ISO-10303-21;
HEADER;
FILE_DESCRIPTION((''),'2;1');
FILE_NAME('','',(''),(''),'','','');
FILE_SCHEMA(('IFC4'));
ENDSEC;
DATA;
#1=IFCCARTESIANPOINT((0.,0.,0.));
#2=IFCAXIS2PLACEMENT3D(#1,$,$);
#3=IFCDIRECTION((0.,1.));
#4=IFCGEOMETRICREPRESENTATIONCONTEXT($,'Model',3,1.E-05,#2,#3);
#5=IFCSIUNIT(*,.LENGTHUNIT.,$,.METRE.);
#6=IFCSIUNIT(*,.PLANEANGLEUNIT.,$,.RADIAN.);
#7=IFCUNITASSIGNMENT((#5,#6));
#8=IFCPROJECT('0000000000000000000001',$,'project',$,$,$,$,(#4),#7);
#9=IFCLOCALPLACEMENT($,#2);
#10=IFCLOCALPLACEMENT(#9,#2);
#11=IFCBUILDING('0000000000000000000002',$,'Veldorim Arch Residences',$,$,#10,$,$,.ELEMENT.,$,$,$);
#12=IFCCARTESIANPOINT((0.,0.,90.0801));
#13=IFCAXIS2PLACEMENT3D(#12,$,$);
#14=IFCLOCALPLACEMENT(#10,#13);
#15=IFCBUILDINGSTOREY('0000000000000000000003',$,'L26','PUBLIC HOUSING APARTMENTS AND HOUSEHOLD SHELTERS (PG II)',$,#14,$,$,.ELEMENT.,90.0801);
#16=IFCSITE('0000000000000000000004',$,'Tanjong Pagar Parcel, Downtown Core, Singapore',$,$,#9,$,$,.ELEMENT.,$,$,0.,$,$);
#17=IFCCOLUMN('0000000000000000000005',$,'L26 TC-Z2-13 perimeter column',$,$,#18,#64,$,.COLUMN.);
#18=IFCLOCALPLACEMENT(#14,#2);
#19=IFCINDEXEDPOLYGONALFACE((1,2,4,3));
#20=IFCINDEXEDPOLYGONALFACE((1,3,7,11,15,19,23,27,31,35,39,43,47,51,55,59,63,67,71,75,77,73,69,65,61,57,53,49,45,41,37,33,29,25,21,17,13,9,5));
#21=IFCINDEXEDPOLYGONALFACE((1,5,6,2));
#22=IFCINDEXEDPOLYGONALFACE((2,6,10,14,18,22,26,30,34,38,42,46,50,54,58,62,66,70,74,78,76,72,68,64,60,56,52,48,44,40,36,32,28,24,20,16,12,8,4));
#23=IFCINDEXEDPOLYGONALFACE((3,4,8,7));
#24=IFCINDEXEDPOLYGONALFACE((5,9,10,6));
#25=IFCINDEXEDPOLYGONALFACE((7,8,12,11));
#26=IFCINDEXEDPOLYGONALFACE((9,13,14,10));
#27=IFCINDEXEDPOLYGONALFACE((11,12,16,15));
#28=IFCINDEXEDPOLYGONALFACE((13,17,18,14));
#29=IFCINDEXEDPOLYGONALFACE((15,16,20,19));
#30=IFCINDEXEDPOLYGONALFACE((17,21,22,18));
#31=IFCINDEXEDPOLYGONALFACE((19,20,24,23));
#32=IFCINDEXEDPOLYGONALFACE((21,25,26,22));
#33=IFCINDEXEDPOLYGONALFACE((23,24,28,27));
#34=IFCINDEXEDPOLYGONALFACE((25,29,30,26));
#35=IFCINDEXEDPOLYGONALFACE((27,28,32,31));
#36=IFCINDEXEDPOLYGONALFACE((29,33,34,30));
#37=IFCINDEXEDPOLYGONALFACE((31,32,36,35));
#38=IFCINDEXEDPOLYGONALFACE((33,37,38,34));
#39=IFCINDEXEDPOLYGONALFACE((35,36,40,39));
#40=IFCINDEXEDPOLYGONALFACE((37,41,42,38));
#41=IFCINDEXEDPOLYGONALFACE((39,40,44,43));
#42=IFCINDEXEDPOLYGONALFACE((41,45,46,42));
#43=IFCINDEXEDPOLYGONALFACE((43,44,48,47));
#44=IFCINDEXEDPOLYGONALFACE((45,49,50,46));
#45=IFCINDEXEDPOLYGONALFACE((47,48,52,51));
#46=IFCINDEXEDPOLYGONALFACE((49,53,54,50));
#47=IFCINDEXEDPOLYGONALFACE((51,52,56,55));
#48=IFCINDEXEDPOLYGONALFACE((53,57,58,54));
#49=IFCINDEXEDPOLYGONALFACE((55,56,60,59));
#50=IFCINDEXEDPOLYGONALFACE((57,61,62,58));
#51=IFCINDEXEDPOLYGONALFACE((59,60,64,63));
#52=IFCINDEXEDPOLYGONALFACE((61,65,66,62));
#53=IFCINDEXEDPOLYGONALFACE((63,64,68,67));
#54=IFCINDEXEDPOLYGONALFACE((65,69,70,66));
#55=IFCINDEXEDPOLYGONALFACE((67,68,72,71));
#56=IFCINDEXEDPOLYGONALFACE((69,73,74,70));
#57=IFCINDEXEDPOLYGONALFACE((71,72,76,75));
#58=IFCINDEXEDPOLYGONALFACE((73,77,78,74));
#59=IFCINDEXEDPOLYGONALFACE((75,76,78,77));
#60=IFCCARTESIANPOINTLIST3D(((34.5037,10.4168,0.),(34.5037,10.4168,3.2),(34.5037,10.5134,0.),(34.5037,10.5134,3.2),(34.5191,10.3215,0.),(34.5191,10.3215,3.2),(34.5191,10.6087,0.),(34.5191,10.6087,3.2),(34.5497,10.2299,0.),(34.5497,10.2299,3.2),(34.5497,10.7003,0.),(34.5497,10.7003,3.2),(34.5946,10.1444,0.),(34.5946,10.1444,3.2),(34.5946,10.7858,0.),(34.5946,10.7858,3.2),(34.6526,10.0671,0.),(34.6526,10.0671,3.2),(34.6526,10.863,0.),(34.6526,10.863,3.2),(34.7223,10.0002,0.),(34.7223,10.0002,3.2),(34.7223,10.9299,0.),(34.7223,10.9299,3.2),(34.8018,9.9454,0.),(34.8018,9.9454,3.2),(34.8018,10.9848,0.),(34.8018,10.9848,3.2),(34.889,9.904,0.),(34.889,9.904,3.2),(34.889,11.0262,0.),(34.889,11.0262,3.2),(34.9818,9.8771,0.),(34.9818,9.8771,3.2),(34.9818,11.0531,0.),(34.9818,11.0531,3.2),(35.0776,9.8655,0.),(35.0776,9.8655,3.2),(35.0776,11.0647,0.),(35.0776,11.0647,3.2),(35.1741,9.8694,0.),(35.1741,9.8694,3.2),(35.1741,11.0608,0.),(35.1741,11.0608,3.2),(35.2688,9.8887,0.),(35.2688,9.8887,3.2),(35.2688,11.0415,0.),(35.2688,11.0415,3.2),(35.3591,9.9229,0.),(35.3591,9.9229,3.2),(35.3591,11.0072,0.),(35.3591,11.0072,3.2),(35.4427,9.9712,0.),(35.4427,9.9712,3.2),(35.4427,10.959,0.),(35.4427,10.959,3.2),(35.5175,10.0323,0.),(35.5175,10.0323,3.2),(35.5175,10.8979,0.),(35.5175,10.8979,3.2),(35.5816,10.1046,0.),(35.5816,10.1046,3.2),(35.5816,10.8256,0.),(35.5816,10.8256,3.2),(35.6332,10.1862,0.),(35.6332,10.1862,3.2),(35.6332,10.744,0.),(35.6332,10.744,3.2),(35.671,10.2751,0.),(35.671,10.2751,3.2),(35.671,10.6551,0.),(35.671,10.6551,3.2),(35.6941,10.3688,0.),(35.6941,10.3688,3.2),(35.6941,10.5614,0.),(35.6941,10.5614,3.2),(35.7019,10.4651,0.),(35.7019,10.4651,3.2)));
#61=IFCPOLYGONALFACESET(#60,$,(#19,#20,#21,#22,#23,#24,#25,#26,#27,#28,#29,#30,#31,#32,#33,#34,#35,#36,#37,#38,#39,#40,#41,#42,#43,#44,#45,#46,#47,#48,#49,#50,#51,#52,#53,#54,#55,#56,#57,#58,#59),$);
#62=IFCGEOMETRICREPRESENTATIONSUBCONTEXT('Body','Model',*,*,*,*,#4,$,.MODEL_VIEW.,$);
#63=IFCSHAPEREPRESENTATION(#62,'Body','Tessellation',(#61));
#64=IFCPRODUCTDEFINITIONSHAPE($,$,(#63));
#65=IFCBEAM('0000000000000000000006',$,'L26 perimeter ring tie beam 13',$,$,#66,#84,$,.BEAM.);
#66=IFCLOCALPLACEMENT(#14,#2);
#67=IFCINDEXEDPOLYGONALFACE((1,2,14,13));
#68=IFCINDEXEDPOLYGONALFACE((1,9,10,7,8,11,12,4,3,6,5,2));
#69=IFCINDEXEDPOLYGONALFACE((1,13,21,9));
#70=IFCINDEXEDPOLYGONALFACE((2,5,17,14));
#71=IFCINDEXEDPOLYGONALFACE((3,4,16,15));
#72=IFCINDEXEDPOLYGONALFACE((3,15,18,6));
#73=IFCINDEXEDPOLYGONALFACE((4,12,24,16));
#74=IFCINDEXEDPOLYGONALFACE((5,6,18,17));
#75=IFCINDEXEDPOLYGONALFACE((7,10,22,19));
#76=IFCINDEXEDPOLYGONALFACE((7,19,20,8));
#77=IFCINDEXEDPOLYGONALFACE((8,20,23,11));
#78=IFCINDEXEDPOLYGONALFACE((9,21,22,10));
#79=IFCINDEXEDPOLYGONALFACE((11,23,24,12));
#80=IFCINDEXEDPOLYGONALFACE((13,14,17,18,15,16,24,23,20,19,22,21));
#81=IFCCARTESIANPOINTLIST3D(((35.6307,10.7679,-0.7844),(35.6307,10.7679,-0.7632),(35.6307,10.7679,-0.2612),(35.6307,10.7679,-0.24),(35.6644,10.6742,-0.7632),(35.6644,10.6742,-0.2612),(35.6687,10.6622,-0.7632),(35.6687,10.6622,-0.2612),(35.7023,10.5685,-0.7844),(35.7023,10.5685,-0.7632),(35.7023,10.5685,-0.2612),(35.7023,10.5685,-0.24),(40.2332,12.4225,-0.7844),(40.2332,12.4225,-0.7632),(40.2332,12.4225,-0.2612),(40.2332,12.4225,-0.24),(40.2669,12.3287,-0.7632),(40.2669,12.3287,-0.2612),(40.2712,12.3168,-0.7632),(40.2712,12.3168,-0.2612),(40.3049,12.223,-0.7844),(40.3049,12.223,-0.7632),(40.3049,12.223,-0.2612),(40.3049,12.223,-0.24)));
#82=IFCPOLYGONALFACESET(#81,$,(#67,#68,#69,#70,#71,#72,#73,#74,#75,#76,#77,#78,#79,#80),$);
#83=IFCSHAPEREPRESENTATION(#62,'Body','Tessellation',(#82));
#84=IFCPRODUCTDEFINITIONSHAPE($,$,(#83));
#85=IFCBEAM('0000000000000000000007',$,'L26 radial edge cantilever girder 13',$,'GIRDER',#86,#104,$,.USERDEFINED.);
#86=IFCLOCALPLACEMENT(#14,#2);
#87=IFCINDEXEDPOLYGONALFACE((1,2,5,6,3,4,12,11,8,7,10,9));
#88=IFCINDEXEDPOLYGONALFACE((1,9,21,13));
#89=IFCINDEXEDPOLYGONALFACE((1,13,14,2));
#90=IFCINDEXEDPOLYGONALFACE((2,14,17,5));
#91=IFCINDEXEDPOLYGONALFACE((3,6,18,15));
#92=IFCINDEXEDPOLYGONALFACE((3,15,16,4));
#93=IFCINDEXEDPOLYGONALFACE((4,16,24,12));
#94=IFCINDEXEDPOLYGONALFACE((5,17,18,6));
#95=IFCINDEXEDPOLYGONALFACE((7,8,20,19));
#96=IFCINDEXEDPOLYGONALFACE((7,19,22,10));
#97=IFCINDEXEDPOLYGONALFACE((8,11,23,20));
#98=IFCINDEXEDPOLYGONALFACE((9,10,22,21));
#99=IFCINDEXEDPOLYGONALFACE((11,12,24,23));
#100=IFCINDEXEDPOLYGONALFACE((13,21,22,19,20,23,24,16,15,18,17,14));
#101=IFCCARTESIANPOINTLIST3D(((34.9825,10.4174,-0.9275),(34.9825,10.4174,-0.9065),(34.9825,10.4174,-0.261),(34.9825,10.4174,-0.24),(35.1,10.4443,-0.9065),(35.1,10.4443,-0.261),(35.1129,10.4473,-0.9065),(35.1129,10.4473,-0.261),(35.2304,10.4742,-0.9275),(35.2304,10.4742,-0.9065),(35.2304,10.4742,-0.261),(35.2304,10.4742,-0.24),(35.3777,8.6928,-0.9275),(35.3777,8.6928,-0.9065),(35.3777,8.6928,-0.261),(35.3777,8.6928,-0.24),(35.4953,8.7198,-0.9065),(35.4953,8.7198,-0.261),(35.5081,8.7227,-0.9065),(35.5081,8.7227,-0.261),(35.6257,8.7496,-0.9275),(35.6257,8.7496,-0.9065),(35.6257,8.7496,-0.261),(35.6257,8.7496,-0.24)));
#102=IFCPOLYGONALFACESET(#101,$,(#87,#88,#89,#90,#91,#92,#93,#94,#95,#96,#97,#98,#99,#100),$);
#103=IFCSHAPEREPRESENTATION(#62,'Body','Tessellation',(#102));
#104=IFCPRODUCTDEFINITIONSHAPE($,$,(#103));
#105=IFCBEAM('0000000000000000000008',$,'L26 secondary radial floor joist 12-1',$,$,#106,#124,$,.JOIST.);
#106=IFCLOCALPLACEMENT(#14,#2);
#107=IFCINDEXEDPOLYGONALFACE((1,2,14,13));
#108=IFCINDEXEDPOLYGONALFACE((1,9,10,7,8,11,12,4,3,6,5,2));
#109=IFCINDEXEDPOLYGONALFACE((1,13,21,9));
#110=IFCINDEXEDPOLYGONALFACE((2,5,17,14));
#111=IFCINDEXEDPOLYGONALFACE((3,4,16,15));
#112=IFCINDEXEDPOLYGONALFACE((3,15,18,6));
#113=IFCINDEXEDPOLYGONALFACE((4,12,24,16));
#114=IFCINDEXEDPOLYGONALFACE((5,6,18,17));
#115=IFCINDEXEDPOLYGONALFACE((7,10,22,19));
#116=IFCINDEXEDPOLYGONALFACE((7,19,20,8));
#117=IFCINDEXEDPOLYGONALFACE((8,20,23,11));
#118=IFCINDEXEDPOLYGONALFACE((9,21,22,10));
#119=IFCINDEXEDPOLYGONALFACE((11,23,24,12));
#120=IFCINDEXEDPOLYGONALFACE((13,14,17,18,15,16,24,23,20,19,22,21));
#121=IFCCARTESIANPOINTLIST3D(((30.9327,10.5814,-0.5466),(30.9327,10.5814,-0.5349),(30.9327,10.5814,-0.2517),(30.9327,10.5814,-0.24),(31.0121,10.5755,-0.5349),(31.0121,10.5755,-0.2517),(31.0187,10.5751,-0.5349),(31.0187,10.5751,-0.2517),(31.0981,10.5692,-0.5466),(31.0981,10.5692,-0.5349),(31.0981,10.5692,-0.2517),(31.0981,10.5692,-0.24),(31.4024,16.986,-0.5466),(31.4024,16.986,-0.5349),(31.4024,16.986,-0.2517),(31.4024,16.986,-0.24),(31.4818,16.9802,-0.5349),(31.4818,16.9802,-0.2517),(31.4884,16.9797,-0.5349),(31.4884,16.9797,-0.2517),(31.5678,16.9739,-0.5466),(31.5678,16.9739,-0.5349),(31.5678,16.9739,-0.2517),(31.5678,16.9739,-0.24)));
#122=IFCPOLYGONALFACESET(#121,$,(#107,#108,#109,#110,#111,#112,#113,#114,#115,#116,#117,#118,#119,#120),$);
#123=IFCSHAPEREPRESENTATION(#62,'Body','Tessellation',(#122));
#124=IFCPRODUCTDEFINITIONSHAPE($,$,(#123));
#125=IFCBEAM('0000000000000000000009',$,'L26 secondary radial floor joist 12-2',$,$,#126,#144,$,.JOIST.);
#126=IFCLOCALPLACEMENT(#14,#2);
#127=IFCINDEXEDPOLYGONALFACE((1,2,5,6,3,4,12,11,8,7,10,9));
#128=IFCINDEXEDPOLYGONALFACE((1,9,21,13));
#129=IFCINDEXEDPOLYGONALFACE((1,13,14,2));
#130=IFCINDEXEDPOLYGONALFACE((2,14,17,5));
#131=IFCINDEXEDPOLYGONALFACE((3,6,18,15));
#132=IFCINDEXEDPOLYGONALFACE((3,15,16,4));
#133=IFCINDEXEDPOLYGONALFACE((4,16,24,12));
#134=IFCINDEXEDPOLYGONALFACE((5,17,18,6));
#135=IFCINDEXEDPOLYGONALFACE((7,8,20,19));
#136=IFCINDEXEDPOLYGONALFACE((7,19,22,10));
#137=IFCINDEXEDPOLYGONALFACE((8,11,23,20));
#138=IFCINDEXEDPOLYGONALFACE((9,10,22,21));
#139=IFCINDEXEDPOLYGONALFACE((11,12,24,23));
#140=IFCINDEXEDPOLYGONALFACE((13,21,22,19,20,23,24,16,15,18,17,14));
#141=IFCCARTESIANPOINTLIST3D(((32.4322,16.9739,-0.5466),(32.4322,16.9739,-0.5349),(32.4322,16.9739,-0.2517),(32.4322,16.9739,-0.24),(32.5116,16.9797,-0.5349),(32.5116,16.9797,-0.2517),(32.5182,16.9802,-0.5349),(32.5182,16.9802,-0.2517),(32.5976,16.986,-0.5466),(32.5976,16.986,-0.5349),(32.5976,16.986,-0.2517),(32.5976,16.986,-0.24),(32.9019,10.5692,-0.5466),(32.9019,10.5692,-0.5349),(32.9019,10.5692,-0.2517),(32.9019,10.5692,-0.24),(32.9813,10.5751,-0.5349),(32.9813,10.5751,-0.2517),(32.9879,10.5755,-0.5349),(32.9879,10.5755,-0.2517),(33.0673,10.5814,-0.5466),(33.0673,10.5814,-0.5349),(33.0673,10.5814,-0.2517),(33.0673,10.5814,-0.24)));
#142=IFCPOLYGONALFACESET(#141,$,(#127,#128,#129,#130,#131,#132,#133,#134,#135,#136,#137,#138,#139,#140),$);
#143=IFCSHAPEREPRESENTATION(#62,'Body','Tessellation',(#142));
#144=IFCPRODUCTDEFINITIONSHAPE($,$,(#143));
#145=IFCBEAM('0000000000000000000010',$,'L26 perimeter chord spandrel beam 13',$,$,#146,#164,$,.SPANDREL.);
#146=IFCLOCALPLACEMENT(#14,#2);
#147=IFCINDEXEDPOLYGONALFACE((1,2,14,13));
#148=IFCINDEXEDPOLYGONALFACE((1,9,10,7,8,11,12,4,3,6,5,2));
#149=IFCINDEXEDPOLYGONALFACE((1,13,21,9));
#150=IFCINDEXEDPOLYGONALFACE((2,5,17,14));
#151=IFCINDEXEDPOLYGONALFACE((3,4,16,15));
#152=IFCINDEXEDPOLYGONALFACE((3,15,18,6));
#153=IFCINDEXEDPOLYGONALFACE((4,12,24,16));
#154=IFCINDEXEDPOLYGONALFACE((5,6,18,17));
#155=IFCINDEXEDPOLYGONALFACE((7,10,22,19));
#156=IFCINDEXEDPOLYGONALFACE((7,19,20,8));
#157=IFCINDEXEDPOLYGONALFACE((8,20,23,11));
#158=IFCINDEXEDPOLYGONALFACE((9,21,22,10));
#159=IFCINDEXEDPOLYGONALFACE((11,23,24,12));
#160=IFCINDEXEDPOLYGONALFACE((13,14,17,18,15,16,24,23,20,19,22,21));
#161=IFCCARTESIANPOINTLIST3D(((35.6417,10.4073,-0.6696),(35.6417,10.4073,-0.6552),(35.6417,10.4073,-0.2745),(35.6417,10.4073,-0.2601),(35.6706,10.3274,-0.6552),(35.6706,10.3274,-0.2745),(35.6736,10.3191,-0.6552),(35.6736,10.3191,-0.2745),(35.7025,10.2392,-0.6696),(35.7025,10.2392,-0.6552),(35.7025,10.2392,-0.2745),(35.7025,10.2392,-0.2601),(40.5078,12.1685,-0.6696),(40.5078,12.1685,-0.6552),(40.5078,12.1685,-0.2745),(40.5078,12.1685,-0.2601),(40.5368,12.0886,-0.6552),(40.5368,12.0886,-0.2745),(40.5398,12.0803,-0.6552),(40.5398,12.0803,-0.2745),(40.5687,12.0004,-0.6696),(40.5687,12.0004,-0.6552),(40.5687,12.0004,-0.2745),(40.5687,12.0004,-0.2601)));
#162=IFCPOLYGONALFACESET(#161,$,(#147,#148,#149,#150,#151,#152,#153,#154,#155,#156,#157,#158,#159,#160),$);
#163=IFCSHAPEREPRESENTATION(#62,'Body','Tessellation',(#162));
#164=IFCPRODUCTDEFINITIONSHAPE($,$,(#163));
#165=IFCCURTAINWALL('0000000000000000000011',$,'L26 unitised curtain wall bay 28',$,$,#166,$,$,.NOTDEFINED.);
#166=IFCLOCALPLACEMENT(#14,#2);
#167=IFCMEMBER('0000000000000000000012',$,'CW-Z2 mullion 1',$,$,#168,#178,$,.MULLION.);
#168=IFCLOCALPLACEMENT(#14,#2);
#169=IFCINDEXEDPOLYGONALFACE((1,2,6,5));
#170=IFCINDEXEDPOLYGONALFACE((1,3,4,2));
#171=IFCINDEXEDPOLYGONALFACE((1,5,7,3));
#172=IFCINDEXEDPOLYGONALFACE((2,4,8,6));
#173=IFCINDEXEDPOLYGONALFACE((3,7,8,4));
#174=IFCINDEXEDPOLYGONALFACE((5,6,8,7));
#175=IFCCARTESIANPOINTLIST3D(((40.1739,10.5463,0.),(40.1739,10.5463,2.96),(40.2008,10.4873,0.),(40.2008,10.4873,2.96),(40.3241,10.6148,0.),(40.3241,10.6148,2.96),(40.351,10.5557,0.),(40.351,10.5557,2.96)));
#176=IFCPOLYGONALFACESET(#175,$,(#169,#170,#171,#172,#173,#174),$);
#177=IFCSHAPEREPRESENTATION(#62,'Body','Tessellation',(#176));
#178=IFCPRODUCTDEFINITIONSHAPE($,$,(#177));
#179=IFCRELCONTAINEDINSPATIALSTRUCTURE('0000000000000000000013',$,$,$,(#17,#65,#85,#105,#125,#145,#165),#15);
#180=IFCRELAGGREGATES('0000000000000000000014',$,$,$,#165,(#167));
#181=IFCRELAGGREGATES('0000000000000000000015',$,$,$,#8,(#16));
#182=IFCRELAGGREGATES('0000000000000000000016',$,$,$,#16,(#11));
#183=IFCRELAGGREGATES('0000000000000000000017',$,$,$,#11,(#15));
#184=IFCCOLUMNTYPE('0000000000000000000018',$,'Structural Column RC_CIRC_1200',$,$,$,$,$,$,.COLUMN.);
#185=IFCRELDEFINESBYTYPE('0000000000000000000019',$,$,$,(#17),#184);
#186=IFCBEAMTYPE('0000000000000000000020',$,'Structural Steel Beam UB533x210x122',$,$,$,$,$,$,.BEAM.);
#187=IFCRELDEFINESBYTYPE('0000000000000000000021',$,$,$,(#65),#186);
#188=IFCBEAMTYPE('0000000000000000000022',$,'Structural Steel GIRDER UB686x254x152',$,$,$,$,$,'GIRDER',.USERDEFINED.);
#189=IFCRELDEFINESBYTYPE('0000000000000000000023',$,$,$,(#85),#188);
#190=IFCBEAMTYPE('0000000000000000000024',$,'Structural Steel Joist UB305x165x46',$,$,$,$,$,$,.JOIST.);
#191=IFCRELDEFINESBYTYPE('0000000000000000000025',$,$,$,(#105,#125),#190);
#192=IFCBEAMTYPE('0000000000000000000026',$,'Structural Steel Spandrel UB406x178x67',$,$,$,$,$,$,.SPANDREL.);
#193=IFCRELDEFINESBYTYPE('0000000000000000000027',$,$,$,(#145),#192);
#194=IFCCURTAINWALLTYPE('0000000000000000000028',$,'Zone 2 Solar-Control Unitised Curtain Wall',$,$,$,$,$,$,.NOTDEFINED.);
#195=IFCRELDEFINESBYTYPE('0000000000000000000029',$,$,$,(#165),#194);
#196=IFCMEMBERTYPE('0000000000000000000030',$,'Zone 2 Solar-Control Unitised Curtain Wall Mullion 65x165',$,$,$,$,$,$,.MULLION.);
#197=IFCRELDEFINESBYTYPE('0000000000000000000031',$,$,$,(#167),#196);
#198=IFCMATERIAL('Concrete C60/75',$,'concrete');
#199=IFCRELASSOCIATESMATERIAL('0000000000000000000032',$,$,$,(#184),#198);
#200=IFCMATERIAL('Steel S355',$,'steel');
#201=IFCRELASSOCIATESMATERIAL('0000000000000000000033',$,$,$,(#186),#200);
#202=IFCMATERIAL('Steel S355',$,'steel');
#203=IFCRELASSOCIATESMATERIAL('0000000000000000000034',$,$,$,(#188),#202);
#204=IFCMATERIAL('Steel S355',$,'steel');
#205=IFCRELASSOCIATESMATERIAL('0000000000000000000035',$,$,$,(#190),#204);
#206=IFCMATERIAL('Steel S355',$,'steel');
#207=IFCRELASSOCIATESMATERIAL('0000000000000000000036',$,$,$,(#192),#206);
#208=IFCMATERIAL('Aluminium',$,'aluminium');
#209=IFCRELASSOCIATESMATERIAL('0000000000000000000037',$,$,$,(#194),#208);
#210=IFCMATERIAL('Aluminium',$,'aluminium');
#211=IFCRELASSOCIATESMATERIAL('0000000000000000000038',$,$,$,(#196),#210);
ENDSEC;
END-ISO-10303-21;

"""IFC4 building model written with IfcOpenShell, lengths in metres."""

from ifc_helpers import new_model, si_unit, direction, frame, origin, origin_2d, place, context, subcontext, project, spatial, rectangle, circle, i_section, extrude, material, material_profile, profile_set, type_object, element, aggregate, save


model = new_model("IFC4")

# Units and contexts
model_context = context("Model", 3, precision=1e-05, world=origin(), true_north=direction((0.0, 1.0)))
body_context = subcontext(model_context, "Body", "Model", "MODEL_VIEW")
ifc_project = project(units=[si_unit("LENGTHUNIT", "METRE"), si_unit("PLANEANGLEUNIT", "RADIAN")], contexts=[model_context])

# Site, building, storey
site_placement = place(None, origin())
site = spatial("IfcSite", under=ifc_project, at=site_placement, Name="Tanjong Pagar Parcel, Downtown Core, Singapore", CompositionType="ELEMENT", RefElevation=0.0)
building_placement = place(site_placement, origin())
building = spatial("IfcBuilding", under=site, at=building_placement, Name="Veldorim Arch Residences", CompositionType="ELEMENT")
storey_placement = place(building_placement, frame((0.0, 0.0, 90.0801)))
storey = spatial("IfcBuildingStorey", under=building, at=storey_placement, Name="L26", Description="PUBLIC HOUSING APARTMENTS AND HOUSEHOLD SHELTERS (PG II)", CompositionType="ELEMENT", Elevation=90.0801)

# Column
ifc_material_1 = material(Name="Concrete C60/75", Category="concrete")
ifc_material_profile_1 = material_profile(ifc_material_1, circle(Radius=0.6001, at=origin_2d()), Name="RC_CIRC_1200")
ifc_profile_set_1 = profile_set([ifc_material_profile_1], Name="Concrete C60/75")
column_type = type_object("IfcColumnType", Name="Structural Column RC_CIRC_1200", PredefinedType="COLUMN", material=ifc_profile_set_1)
column_placement = place(storey_placement, frame((35.1018, 10.4651, 0.0), z_axis=(0.0, 0.0, 1.0), x_axis=(1.0, 0.0, 0.0)))
element("IfcColumn", 1, at=column_placement, inside=storey, type_object=column_type, Name="L26 TC-Z2-13 perimeter column", PredefinedType="COLUMN", context=body_context, shape_type="SweptSolid", body=[
    extrude(circle(Radius=0.6001, at=origin_2d()), origin(), (0.0, 0.0, 1.0), 3.2),
])

# Beams
ifc_material_2 = material(Name="Steel S355", Category="steel")
ifc_material_profile_2 = material_profile(ifc_material_2, i_section(OverallWidth=0.2119, OverallDepth=0.5444, WebThickness=0.0127, FlangeThickness=0.0212, at=origin_2d()), Name="UB533x210x122")
ifc_profile_set_2 = profile_set([ifc_material_profile_2], Name="Steel S355")
beam_type_1 = type_object("IfcBeamType", Name="Structural Steel Beam UB533x210x122", PredefinedType="BEAM", material=ifc_profile_set_2)
beam_1_placement = place(storey_placement, frame((35.6665, 10.6682, -0.5122), z_axis=(0.941042, 0.33829, 0.0), x_axis=(-0.33829, 0.941042, 0.0)))
element("IfcBeam", 2, at=beam_1_placement, inside=storey, type_object=beam_type_1, Name="L26 perimeter ring tie beam 13", PredefinedType="BEAM", context=body_context, shape_type="SweptSolid", body=[
    extrude(i_section(OverallWidth=0.2119, OverallDepth=0.5444, WebThickness=0.0127, FlangeThickness=0.0212, at=origin_2d()), origin(), (0.0, 0.0, 1.0), 4.8909),
])
ifc_material_3 = material(Name="Steel S355", Category="steel")
ifc_material_profile_3 = material_profile(ifc_material_3, i_section(OverallWidth=0.2544, OverallDepth=0.6875, WebThickness=0.0132, FlangeThickness=0.021, at=origin_2d()), Name="UB686x254x152")
ifc_profile_set_3 = profile_set([ifc_material_profile_3], Name="Steel S355")
beam_type_2 = type_object("IfcBeamType", Name="Structural Steel GIRDER UB686x254x152", ElementType="GIRDER", PredefinedType="USERDEFINED", material=ifc_profile_set_3)
beam_2_placement = place(storey_placement, frame((35.1064, 10.4458, -0.5837), z_axis=(0.223398, -0.974727, 0.0), x_axis=(0.974727, 0.223398, 0.0)))
element("IfcBeam", 3, at=beam_2_placement, inside=storey, type_object=beam_type_2, Name="L26 radial edge cantilever girder 13", ObjectType="GIRDER", PredefinedType="USERDEFINED", context=body_context, shape_type="SweptSolid", body=[
    extrude(i_section(OverallWidth=0.2544, OverallDepth=0.6875, WebThickness=0.0132, FlangeThickness=0.021, at=origin_2d()), origin(), (0.0, 0.0, 1.0), 1.7693),
])
ifc_material_4 = material(Name="Steel S355", Category="steel")
ifc_material_profile_4 = material_profile(ifc_material_4, i_section(OverallWidth=0.1658, OverallDepth=0.3066, WebThickness=0.0066, FlangeThickness=0.0117, at=origin_2d()), Name="UB305x165x46")
ifc_profile_set_4 = profile_set([ifc_material_profile_4], Name="Steel S355")
beam_type_3 = type_object("IfcBeamType", Name="Structural Steel Joist UB305x165x46", PredefinedType="JOIST", material=ifc_profile_set_4)
for number, where, z_axis, x_axis, name in (
    (4, (31.4851, 16.98, -0.3933), (-0.073143, -0.997321, 0.0), (0.997321, -0.073143, 0.0), "L26 secondary radial floor joist 12-1"),
    (5, (32.5149, 16.98, -0.3933), (0.073143, -0.997321, 0.0), (0.997321, 0.073143, 0.0), "L26 secondary radial floor joist 12-2"),
):
    element("IfcBeam", number, at=place(storey_placement, frame(where, z_axis=z_axis, x_axis=x_axis)), inside=storey, type_object=beam_type_3, Name=name, PredefinedType="JOIST", context=body_context, shape_type="SweptSolid", body=[
        extrude(i_section(OverallWidth=0.1658, OverallDepth=0.3066, WebThickness=0.0066, FlangeThickness=0.0117, at=origin_2d()), origin(), (0.0, 0.0, 1.0), 6.4219),
    ])
ifc_material_5 = material(Name="Steel S355", Category="steel")
ifc_material_profile_5 = material_profile(ifc_material_5, i_section(OverallWidth=0.1787, OverallDepth=0.4094, WebThickness=0.0088, FlangeThickness=0.0144, at=origin_2d()), Name="UB406x178x67")
ifc_profile_set_5 = profile_set([ifc_material_profile_5], Name="Steel S355")
beam_type_4 = type_object("IfcBeamType", Name="Structural Steel Spandrel UB406x178x67", PredefinedType="SPANDREL", material=ifc_profile_set_5)
beam_3_placement = place(storey_placement, frame((35.6721, 10.3232, -0.4648), z_axis=(0.940308, 0.340326, 0.0), x_axis=(-0.340326, 0.940308, 0.0)))
element("IfcBeam", 6, at=beam_3_placement, inside=storey, type_object=beam_type_4, Name="L26 perimeter chord spandrel beam 13", PredefinedType="SPANDREL", context=body_context, shape_type="SweptSolid", body=[
    extrude(i_section(OverallWidth=0.1787, OverallDepth=0.4094, WebThickness=0.0088, FlangeThickness=0.0144, at=origin_2d()), origin(), (0.0, 0.0, 1.0), 5.175),
])

# Curtain wall, member
ifc_material_6 = material(Name="Aluminium", Category="aluminium")
curtain_wall_type = type_object("IfcCurtainWallType", Name="Zone 2 Solar-Control Unitised Curtain Wall", PredefinedType="NOTDEFINED", material=ifc_material_6)
curtain_wall_placement = place(storey_placement, origin())
curtain_wall = element("IfcCurtainWall", 7, at=curtain_wall_placement, inside=storey, type_object=curtain_wall_type, Name="L26 unitised curtain wall bay 28", PredefinedType="NOTDEFINED")
ifc_material_7 = material(Name="Aluminium", Category="aluminium")
ifc_material_profile_6 = material_profile(ifc_material_7, rectangle(XDim=0.0649, YDim=0.165, at=origin_2d()), Name="ALU_MUL_65x165")
ifc_profile_set_6 = profile_set([ifc_material_profile_6], Name="Aluminium")
member_type_1 = type_object("IfcMemberType", Name="Zone 2 Solar-Control Unitised Curtain Wall Mullion 65x165", PredefinedType="MULLION", material=ifc_profile_set_6)
member_1_placement = place(storey_placement, frame((40.2625, 10.551, 0.0), z_axis=(0.0, 0.0, 1.0), x_axis=(0.414742, -0.909939, 0.0)))
member_1 = element("IfcMember", 8, at=member_1_placement, type_object=member_type_1, Name="CW-Z2 mullion 1", PredefinedType="MULLION", context=body_context, shape_type="SweptSolid", body=[
    extrude(rectangle(XDim=0.0649, YDim=0.165, at=origin_2d()), origin(), (0.0, 0.0, 1.0), 2.96),
])
aggregate(curtain_wall, [member_1])

save(model, "model.ifc")
